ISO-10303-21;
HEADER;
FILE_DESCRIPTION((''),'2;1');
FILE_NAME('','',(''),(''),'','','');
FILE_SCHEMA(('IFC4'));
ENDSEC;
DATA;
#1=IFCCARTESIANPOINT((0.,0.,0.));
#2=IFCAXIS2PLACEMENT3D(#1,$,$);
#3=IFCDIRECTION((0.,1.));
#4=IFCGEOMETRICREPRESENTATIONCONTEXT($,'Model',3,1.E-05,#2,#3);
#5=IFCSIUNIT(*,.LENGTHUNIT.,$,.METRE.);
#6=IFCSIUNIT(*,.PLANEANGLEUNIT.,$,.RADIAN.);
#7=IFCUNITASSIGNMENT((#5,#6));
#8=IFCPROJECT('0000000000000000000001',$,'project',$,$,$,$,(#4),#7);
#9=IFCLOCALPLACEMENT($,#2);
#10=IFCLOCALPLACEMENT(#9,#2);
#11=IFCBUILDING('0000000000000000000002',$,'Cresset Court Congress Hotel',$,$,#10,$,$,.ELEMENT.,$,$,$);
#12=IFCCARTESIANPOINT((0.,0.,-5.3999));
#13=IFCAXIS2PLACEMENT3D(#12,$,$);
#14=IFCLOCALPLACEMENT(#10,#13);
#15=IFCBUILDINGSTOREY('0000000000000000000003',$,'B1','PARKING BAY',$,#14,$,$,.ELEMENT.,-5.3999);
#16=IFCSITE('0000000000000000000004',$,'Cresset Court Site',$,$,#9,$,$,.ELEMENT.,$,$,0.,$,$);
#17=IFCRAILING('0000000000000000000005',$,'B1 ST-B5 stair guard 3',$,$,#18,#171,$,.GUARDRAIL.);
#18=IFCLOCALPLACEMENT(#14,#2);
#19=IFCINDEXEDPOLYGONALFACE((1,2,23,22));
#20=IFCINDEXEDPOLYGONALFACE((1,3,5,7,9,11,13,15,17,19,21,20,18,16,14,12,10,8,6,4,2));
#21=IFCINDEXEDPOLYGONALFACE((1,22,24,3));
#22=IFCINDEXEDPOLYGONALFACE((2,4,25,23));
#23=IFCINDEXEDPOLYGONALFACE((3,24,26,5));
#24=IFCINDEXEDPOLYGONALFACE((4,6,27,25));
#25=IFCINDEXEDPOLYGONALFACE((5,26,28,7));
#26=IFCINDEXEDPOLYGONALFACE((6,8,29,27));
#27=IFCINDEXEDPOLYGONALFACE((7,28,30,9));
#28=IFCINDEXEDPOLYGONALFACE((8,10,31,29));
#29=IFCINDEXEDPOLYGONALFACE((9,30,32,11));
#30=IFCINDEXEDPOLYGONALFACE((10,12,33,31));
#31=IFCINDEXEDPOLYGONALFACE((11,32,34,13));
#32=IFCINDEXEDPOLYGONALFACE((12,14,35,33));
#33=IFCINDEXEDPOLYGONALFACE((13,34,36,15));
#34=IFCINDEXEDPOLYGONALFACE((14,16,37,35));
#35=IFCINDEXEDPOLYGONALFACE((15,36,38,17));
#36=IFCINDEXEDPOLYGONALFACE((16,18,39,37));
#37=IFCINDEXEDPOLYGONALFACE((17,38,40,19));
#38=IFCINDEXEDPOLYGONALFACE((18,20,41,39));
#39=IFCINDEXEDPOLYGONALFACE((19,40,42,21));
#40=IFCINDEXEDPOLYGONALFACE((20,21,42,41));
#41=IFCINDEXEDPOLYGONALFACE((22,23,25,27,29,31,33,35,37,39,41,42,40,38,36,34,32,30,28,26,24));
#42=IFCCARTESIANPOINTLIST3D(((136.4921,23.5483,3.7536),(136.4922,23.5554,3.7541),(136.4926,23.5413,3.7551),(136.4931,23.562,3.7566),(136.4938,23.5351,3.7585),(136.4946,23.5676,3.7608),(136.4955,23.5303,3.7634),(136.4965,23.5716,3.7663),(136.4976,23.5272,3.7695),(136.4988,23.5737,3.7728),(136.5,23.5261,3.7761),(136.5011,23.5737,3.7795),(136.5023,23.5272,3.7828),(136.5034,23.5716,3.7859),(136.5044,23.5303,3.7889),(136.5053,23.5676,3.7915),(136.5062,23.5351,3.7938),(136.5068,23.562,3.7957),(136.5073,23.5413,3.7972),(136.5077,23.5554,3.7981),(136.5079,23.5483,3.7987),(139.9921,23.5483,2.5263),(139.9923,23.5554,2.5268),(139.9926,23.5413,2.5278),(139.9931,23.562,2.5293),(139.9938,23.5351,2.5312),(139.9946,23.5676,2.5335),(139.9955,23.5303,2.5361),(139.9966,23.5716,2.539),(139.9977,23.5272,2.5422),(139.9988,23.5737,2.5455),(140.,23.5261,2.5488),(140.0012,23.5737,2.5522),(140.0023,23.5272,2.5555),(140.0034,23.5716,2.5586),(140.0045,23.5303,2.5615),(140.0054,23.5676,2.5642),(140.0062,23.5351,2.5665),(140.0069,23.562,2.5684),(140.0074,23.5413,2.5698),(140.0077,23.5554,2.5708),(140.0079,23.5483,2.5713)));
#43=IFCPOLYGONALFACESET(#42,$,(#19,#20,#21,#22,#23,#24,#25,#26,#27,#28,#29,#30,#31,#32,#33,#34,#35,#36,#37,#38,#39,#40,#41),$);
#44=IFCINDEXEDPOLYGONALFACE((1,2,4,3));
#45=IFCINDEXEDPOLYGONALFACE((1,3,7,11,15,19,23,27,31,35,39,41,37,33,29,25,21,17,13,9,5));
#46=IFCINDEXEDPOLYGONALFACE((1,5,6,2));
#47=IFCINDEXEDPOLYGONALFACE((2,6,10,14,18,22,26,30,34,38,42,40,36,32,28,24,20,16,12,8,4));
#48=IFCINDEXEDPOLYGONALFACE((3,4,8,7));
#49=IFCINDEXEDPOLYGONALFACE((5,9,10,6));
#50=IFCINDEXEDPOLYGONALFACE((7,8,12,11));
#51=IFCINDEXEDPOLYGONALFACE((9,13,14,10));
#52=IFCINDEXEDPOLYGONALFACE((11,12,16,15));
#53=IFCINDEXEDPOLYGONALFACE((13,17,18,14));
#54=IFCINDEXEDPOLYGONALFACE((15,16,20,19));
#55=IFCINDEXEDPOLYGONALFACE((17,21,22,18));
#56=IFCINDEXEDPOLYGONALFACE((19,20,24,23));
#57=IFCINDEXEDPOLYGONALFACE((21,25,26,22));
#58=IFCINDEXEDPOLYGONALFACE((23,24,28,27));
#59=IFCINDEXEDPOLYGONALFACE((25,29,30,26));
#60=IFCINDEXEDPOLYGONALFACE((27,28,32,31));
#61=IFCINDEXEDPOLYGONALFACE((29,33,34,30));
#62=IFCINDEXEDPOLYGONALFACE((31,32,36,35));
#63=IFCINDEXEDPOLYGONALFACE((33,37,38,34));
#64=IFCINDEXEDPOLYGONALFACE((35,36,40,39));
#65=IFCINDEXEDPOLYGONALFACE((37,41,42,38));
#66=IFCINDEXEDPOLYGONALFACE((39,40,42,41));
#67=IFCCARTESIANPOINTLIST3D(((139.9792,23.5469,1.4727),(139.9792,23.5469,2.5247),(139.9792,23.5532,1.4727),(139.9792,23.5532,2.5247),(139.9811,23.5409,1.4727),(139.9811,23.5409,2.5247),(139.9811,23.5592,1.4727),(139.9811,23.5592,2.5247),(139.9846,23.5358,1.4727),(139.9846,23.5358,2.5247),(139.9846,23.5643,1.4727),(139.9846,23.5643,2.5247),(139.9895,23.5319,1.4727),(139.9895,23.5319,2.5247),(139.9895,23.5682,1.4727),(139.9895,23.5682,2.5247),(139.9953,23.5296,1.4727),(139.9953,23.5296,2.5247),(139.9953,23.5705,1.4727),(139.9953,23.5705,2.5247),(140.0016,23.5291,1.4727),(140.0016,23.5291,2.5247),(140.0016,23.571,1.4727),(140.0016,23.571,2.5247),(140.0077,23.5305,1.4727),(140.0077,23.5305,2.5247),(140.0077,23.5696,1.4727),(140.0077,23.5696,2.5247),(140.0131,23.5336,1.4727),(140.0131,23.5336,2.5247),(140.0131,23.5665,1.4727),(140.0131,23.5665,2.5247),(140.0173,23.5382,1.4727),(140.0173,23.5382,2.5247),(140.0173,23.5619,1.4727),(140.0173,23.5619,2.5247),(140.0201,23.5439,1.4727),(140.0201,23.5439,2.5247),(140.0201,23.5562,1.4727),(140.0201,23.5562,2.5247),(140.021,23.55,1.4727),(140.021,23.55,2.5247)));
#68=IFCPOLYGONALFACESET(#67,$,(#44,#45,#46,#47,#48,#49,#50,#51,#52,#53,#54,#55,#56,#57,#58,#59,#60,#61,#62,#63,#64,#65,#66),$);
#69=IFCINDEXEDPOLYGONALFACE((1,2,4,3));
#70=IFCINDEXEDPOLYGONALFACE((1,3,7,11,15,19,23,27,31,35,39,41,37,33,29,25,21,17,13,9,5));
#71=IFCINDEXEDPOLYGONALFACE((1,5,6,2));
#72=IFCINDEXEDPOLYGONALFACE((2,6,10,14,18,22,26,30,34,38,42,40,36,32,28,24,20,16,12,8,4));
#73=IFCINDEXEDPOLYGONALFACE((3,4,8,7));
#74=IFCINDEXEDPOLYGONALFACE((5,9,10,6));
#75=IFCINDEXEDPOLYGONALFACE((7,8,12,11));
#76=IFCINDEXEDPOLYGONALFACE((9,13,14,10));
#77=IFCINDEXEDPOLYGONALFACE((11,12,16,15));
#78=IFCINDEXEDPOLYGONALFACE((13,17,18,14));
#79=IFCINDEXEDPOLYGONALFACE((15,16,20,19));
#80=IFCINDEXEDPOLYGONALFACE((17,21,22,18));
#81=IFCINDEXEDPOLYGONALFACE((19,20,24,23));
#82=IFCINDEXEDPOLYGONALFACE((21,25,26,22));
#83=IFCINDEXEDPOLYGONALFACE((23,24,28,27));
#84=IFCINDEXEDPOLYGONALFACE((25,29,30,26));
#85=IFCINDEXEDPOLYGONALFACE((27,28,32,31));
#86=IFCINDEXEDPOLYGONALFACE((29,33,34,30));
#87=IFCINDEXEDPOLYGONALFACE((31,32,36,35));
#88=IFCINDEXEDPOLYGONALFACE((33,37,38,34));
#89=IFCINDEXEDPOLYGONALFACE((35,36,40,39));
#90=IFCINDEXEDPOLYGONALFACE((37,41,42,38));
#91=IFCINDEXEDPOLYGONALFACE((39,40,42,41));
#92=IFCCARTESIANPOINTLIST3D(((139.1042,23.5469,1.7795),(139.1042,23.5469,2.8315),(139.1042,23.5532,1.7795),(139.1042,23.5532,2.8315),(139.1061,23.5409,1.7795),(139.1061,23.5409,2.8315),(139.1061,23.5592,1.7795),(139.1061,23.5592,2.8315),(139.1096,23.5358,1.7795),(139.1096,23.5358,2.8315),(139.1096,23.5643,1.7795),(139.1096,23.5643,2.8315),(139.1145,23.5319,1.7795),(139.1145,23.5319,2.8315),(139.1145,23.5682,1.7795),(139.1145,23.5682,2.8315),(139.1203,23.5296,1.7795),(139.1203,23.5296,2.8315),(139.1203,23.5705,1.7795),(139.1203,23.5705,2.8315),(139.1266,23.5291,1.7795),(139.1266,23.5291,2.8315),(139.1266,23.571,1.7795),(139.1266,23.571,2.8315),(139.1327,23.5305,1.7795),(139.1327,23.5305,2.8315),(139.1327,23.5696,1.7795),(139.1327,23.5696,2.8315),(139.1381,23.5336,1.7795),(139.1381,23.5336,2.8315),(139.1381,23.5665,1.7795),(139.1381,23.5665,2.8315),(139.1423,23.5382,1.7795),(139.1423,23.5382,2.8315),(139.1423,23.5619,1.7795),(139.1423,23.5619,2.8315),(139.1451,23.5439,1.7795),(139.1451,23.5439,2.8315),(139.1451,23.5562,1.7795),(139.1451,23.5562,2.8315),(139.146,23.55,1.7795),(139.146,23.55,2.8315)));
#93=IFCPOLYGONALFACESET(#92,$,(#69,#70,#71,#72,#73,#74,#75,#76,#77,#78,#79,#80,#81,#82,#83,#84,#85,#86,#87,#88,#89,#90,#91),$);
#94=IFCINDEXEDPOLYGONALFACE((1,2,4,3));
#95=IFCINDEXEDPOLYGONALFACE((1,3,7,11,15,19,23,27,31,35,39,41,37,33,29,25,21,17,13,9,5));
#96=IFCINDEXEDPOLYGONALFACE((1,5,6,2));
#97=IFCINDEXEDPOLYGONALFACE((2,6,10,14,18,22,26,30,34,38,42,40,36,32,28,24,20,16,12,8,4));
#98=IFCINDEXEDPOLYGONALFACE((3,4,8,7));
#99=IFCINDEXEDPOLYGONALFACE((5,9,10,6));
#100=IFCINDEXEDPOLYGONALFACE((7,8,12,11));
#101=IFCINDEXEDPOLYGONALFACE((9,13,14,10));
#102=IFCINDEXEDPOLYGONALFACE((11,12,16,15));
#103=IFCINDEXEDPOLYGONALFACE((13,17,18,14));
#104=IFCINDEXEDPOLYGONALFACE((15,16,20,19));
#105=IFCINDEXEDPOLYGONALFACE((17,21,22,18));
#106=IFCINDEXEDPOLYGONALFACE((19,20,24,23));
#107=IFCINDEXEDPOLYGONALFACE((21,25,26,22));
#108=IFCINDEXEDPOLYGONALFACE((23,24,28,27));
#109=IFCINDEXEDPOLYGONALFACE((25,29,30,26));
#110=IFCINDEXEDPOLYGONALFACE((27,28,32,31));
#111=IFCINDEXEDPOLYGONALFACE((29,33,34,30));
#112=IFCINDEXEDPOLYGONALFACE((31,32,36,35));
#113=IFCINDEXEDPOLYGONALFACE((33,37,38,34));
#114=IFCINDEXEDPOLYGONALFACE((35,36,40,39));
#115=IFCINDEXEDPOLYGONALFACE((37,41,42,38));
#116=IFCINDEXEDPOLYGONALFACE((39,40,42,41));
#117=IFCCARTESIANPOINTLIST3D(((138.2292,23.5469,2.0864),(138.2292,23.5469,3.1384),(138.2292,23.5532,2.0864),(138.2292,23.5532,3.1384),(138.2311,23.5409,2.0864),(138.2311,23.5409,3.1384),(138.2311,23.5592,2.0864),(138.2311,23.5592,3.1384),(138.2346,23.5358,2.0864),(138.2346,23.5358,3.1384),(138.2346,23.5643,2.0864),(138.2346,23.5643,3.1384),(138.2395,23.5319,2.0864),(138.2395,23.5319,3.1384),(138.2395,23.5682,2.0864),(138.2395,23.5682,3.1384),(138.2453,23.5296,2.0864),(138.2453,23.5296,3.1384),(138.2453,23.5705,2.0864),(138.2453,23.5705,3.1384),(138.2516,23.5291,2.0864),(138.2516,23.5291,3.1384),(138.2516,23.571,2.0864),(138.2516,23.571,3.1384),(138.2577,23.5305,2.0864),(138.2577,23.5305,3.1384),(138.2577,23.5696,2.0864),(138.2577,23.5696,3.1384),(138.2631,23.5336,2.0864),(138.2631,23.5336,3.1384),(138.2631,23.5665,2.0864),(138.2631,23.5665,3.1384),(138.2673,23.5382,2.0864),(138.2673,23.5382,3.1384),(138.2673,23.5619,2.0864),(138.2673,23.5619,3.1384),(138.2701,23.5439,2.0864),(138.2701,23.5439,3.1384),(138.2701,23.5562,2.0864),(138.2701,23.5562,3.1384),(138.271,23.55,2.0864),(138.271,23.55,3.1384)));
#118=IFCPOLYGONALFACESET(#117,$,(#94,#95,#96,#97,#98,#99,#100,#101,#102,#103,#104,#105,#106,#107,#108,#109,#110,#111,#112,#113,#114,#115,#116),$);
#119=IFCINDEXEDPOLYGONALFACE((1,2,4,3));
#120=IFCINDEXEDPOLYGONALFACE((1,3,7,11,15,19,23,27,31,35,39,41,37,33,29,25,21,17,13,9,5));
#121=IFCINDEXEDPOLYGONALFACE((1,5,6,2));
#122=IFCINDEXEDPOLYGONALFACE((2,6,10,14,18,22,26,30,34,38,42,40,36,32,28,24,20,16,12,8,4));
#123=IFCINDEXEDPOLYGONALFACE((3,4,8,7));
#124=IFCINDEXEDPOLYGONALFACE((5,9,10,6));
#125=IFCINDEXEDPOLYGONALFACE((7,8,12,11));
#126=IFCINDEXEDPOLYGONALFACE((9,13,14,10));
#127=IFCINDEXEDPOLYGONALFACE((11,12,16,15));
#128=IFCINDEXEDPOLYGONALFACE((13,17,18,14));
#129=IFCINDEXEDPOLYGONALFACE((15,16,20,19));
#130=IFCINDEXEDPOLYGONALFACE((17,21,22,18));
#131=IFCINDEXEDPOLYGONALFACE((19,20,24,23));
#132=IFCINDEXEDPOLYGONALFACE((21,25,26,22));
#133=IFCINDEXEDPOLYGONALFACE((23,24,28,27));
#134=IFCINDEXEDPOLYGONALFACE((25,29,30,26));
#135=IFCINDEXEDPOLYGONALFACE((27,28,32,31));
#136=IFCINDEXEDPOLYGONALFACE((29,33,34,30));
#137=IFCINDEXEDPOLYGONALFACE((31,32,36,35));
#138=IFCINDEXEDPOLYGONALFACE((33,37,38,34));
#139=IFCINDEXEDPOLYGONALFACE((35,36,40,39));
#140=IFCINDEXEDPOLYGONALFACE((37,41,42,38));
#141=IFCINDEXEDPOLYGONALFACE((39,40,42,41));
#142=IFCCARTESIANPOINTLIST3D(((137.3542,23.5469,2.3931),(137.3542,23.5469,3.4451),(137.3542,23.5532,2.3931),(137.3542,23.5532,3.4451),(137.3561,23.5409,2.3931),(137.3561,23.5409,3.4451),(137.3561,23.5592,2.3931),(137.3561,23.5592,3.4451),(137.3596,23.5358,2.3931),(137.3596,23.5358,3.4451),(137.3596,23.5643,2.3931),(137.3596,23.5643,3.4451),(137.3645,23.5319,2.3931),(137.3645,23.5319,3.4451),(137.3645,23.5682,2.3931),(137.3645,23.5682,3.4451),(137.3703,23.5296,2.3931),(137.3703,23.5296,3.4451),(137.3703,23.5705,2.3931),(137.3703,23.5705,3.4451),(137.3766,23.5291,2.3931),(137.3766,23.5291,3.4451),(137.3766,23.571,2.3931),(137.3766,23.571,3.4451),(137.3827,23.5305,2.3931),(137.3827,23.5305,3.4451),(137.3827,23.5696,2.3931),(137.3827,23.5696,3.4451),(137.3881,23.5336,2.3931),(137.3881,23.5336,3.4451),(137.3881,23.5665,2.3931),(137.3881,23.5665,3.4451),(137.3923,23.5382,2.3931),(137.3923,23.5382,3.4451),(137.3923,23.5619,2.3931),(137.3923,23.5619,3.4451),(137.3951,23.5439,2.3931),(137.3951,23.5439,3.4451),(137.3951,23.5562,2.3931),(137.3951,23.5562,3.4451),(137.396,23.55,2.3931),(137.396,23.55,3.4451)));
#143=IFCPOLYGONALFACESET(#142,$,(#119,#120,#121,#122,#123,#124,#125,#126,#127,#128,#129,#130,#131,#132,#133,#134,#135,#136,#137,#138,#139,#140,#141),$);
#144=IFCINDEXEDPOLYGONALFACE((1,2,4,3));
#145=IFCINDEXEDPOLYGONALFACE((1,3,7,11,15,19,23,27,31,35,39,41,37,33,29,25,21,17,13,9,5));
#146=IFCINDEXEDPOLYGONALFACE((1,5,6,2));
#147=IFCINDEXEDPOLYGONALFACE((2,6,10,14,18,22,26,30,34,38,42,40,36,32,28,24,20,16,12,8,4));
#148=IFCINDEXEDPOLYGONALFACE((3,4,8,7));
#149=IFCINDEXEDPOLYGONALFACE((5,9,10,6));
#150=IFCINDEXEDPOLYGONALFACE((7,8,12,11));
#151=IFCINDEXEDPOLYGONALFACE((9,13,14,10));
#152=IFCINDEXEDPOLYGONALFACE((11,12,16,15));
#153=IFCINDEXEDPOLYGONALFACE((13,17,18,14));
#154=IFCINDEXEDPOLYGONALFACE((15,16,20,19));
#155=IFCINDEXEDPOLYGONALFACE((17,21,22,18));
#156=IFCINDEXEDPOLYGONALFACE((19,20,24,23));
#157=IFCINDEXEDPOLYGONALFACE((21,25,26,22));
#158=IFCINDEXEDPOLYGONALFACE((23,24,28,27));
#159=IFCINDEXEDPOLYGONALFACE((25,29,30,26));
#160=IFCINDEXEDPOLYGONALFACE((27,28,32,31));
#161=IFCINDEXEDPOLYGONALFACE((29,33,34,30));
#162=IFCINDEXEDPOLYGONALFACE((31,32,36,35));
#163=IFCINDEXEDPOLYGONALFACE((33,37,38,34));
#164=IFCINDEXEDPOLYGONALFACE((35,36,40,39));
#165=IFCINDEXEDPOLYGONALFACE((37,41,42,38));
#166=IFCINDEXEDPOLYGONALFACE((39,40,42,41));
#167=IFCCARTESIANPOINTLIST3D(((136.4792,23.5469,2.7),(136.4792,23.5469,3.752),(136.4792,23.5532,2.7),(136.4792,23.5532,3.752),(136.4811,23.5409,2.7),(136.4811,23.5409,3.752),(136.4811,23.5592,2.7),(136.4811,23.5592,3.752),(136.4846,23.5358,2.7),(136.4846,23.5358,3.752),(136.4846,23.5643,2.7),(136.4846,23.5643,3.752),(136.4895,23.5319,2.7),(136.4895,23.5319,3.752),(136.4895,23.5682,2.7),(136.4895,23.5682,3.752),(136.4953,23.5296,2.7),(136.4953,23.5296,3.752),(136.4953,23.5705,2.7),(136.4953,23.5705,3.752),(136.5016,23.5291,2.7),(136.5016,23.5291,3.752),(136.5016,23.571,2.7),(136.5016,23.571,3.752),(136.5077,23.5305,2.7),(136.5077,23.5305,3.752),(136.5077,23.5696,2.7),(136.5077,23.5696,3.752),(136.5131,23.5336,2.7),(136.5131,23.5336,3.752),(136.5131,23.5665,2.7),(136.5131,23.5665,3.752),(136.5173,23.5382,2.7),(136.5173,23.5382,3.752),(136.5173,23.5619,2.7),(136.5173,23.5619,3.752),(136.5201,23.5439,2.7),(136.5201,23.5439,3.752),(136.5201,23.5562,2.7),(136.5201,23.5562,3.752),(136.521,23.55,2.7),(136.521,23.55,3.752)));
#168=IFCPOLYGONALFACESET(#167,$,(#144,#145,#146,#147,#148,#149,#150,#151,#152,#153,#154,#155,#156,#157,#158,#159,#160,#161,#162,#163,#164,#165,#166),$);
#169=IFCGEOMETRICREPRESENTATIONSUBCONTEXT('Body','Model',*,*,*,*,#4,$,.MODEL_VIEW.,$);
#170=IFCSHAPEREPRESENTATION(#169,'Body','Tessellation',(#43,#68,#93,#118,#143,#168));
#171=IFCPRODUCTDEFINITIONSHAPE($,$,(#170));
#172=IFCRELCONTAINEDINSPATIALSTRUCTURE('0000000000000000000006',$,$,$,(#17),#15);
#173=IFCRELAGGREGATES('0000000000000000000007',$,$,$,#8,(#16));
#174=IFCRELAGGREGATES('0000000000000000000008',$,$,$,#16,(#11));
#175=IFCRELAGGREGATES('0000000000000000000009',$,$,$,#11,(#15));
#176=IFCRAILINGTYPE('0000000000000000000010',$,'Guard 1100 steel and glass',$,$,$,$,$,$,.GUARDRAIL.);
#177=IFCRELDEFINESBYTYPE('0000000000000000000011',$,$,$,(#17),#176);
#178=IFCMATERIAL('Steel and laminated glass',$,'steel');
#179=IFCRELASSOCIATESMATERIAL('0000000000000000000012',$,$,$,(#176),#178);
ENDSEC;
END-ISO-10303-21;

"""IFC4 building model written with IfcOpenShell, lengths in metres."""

from ifc_helpers import new_model, si_unit, direction, frame, origin, origin_2d, place, context, subcontext, project, spatial, circle, extrude, material, type_object, element, save


model = new_model("IFC4")

# Units and contexts
model_context = context("Model", 3, precision=1e-05, world=origin(), true_north=direction((0.0, 1.0)))
body_context = subcontext(model_context, "Body", "Model", "MODEL_VIEW")
ifc_project = project(units=[si_unit("LENGTHUNIT", "METRE"), si_unit("PLANEANGLEUNIT", "RADIAN")], contexts=[model_context])

# Site, building, storey
site_placement = place(None, origin())
site = spatial("IfcSite", under=ifc_project, at=site_placement, Name="Cresset Court Site", CompositionType="ELEMENT", RefElevation=0.0)
building_placement = place(site_placement, origin())
building = spatial("IfcBuilding", under=site, at=building_placement, Name="Cresset Court Congress Hotel", CompositionType="ELEMENT")
storey_placement = place(building_placement, frame((0.0, 0.0, -5.3999)))
storey = spatial("IfcBuildingStorey", under=building, at=storey_placement, Name="B1", Description="PARKING BAY", CompositionType="ELEMENT", Elevation=-5.3999)

# Railing
ifc_material_1 = material(Name="Steel and laminated glass", Category="steel")
railing_type_1 = type_object("IfcRailingType", Name="Guard 1100 steel and glass", PredefinedType="GUARDRAIL", material=ifc_material_1)
railing_1_placement = place(storey_placement, frame((140.0, 23.55, 1.4727)))
element("IfcRailing", 1, at=railing_1_placement, inside=storey, type_object=railing_type_1, Name="B1 ST-B5 stair guard 3", PredefinedType="GUARDRAIL", context=body_context, shape_type="SweptSolid", body=[
    extrude(circle(Radius=0.0239, at=origin_2d()), frame((0.0, 0.0, 1.0762), z_axis=(-0.943665, 0.0, 0.330902), x_axis=(0.0, -1.0, 0.0)), (0.0, 0.0, 1.0), 3.709),
    extrude(circle(Radius=0.021, at=origin_2d()), origin(), (0.0, 0.0, 1.0), 1.052),
    extrude(circle(Radius=0.021, at=origin_2d()), frame((-0.875, 0.0, 0.3069)), (0.0, 0.0, 1.0), 1.052),
    extrude(circle(Radius=0.021, at=origin_2d()), frame((-1.75, 0.0, 0.6138)), (0.0, 0.0, 1.0), 1.052),
    extrude(circle(Radius=0.021, at=origin_2d()), frame((-2.625, 0.0, 0.9204)), (0.0, 0.0, 1.0), 1.052),
    extrude(circle(Radius=0.021, at=origin_2d()), frame((-3.5, 0.0, 1.2273)), (0.0, 0.0, 1.0), 1.052),
])

save(model, "model.ifc")
